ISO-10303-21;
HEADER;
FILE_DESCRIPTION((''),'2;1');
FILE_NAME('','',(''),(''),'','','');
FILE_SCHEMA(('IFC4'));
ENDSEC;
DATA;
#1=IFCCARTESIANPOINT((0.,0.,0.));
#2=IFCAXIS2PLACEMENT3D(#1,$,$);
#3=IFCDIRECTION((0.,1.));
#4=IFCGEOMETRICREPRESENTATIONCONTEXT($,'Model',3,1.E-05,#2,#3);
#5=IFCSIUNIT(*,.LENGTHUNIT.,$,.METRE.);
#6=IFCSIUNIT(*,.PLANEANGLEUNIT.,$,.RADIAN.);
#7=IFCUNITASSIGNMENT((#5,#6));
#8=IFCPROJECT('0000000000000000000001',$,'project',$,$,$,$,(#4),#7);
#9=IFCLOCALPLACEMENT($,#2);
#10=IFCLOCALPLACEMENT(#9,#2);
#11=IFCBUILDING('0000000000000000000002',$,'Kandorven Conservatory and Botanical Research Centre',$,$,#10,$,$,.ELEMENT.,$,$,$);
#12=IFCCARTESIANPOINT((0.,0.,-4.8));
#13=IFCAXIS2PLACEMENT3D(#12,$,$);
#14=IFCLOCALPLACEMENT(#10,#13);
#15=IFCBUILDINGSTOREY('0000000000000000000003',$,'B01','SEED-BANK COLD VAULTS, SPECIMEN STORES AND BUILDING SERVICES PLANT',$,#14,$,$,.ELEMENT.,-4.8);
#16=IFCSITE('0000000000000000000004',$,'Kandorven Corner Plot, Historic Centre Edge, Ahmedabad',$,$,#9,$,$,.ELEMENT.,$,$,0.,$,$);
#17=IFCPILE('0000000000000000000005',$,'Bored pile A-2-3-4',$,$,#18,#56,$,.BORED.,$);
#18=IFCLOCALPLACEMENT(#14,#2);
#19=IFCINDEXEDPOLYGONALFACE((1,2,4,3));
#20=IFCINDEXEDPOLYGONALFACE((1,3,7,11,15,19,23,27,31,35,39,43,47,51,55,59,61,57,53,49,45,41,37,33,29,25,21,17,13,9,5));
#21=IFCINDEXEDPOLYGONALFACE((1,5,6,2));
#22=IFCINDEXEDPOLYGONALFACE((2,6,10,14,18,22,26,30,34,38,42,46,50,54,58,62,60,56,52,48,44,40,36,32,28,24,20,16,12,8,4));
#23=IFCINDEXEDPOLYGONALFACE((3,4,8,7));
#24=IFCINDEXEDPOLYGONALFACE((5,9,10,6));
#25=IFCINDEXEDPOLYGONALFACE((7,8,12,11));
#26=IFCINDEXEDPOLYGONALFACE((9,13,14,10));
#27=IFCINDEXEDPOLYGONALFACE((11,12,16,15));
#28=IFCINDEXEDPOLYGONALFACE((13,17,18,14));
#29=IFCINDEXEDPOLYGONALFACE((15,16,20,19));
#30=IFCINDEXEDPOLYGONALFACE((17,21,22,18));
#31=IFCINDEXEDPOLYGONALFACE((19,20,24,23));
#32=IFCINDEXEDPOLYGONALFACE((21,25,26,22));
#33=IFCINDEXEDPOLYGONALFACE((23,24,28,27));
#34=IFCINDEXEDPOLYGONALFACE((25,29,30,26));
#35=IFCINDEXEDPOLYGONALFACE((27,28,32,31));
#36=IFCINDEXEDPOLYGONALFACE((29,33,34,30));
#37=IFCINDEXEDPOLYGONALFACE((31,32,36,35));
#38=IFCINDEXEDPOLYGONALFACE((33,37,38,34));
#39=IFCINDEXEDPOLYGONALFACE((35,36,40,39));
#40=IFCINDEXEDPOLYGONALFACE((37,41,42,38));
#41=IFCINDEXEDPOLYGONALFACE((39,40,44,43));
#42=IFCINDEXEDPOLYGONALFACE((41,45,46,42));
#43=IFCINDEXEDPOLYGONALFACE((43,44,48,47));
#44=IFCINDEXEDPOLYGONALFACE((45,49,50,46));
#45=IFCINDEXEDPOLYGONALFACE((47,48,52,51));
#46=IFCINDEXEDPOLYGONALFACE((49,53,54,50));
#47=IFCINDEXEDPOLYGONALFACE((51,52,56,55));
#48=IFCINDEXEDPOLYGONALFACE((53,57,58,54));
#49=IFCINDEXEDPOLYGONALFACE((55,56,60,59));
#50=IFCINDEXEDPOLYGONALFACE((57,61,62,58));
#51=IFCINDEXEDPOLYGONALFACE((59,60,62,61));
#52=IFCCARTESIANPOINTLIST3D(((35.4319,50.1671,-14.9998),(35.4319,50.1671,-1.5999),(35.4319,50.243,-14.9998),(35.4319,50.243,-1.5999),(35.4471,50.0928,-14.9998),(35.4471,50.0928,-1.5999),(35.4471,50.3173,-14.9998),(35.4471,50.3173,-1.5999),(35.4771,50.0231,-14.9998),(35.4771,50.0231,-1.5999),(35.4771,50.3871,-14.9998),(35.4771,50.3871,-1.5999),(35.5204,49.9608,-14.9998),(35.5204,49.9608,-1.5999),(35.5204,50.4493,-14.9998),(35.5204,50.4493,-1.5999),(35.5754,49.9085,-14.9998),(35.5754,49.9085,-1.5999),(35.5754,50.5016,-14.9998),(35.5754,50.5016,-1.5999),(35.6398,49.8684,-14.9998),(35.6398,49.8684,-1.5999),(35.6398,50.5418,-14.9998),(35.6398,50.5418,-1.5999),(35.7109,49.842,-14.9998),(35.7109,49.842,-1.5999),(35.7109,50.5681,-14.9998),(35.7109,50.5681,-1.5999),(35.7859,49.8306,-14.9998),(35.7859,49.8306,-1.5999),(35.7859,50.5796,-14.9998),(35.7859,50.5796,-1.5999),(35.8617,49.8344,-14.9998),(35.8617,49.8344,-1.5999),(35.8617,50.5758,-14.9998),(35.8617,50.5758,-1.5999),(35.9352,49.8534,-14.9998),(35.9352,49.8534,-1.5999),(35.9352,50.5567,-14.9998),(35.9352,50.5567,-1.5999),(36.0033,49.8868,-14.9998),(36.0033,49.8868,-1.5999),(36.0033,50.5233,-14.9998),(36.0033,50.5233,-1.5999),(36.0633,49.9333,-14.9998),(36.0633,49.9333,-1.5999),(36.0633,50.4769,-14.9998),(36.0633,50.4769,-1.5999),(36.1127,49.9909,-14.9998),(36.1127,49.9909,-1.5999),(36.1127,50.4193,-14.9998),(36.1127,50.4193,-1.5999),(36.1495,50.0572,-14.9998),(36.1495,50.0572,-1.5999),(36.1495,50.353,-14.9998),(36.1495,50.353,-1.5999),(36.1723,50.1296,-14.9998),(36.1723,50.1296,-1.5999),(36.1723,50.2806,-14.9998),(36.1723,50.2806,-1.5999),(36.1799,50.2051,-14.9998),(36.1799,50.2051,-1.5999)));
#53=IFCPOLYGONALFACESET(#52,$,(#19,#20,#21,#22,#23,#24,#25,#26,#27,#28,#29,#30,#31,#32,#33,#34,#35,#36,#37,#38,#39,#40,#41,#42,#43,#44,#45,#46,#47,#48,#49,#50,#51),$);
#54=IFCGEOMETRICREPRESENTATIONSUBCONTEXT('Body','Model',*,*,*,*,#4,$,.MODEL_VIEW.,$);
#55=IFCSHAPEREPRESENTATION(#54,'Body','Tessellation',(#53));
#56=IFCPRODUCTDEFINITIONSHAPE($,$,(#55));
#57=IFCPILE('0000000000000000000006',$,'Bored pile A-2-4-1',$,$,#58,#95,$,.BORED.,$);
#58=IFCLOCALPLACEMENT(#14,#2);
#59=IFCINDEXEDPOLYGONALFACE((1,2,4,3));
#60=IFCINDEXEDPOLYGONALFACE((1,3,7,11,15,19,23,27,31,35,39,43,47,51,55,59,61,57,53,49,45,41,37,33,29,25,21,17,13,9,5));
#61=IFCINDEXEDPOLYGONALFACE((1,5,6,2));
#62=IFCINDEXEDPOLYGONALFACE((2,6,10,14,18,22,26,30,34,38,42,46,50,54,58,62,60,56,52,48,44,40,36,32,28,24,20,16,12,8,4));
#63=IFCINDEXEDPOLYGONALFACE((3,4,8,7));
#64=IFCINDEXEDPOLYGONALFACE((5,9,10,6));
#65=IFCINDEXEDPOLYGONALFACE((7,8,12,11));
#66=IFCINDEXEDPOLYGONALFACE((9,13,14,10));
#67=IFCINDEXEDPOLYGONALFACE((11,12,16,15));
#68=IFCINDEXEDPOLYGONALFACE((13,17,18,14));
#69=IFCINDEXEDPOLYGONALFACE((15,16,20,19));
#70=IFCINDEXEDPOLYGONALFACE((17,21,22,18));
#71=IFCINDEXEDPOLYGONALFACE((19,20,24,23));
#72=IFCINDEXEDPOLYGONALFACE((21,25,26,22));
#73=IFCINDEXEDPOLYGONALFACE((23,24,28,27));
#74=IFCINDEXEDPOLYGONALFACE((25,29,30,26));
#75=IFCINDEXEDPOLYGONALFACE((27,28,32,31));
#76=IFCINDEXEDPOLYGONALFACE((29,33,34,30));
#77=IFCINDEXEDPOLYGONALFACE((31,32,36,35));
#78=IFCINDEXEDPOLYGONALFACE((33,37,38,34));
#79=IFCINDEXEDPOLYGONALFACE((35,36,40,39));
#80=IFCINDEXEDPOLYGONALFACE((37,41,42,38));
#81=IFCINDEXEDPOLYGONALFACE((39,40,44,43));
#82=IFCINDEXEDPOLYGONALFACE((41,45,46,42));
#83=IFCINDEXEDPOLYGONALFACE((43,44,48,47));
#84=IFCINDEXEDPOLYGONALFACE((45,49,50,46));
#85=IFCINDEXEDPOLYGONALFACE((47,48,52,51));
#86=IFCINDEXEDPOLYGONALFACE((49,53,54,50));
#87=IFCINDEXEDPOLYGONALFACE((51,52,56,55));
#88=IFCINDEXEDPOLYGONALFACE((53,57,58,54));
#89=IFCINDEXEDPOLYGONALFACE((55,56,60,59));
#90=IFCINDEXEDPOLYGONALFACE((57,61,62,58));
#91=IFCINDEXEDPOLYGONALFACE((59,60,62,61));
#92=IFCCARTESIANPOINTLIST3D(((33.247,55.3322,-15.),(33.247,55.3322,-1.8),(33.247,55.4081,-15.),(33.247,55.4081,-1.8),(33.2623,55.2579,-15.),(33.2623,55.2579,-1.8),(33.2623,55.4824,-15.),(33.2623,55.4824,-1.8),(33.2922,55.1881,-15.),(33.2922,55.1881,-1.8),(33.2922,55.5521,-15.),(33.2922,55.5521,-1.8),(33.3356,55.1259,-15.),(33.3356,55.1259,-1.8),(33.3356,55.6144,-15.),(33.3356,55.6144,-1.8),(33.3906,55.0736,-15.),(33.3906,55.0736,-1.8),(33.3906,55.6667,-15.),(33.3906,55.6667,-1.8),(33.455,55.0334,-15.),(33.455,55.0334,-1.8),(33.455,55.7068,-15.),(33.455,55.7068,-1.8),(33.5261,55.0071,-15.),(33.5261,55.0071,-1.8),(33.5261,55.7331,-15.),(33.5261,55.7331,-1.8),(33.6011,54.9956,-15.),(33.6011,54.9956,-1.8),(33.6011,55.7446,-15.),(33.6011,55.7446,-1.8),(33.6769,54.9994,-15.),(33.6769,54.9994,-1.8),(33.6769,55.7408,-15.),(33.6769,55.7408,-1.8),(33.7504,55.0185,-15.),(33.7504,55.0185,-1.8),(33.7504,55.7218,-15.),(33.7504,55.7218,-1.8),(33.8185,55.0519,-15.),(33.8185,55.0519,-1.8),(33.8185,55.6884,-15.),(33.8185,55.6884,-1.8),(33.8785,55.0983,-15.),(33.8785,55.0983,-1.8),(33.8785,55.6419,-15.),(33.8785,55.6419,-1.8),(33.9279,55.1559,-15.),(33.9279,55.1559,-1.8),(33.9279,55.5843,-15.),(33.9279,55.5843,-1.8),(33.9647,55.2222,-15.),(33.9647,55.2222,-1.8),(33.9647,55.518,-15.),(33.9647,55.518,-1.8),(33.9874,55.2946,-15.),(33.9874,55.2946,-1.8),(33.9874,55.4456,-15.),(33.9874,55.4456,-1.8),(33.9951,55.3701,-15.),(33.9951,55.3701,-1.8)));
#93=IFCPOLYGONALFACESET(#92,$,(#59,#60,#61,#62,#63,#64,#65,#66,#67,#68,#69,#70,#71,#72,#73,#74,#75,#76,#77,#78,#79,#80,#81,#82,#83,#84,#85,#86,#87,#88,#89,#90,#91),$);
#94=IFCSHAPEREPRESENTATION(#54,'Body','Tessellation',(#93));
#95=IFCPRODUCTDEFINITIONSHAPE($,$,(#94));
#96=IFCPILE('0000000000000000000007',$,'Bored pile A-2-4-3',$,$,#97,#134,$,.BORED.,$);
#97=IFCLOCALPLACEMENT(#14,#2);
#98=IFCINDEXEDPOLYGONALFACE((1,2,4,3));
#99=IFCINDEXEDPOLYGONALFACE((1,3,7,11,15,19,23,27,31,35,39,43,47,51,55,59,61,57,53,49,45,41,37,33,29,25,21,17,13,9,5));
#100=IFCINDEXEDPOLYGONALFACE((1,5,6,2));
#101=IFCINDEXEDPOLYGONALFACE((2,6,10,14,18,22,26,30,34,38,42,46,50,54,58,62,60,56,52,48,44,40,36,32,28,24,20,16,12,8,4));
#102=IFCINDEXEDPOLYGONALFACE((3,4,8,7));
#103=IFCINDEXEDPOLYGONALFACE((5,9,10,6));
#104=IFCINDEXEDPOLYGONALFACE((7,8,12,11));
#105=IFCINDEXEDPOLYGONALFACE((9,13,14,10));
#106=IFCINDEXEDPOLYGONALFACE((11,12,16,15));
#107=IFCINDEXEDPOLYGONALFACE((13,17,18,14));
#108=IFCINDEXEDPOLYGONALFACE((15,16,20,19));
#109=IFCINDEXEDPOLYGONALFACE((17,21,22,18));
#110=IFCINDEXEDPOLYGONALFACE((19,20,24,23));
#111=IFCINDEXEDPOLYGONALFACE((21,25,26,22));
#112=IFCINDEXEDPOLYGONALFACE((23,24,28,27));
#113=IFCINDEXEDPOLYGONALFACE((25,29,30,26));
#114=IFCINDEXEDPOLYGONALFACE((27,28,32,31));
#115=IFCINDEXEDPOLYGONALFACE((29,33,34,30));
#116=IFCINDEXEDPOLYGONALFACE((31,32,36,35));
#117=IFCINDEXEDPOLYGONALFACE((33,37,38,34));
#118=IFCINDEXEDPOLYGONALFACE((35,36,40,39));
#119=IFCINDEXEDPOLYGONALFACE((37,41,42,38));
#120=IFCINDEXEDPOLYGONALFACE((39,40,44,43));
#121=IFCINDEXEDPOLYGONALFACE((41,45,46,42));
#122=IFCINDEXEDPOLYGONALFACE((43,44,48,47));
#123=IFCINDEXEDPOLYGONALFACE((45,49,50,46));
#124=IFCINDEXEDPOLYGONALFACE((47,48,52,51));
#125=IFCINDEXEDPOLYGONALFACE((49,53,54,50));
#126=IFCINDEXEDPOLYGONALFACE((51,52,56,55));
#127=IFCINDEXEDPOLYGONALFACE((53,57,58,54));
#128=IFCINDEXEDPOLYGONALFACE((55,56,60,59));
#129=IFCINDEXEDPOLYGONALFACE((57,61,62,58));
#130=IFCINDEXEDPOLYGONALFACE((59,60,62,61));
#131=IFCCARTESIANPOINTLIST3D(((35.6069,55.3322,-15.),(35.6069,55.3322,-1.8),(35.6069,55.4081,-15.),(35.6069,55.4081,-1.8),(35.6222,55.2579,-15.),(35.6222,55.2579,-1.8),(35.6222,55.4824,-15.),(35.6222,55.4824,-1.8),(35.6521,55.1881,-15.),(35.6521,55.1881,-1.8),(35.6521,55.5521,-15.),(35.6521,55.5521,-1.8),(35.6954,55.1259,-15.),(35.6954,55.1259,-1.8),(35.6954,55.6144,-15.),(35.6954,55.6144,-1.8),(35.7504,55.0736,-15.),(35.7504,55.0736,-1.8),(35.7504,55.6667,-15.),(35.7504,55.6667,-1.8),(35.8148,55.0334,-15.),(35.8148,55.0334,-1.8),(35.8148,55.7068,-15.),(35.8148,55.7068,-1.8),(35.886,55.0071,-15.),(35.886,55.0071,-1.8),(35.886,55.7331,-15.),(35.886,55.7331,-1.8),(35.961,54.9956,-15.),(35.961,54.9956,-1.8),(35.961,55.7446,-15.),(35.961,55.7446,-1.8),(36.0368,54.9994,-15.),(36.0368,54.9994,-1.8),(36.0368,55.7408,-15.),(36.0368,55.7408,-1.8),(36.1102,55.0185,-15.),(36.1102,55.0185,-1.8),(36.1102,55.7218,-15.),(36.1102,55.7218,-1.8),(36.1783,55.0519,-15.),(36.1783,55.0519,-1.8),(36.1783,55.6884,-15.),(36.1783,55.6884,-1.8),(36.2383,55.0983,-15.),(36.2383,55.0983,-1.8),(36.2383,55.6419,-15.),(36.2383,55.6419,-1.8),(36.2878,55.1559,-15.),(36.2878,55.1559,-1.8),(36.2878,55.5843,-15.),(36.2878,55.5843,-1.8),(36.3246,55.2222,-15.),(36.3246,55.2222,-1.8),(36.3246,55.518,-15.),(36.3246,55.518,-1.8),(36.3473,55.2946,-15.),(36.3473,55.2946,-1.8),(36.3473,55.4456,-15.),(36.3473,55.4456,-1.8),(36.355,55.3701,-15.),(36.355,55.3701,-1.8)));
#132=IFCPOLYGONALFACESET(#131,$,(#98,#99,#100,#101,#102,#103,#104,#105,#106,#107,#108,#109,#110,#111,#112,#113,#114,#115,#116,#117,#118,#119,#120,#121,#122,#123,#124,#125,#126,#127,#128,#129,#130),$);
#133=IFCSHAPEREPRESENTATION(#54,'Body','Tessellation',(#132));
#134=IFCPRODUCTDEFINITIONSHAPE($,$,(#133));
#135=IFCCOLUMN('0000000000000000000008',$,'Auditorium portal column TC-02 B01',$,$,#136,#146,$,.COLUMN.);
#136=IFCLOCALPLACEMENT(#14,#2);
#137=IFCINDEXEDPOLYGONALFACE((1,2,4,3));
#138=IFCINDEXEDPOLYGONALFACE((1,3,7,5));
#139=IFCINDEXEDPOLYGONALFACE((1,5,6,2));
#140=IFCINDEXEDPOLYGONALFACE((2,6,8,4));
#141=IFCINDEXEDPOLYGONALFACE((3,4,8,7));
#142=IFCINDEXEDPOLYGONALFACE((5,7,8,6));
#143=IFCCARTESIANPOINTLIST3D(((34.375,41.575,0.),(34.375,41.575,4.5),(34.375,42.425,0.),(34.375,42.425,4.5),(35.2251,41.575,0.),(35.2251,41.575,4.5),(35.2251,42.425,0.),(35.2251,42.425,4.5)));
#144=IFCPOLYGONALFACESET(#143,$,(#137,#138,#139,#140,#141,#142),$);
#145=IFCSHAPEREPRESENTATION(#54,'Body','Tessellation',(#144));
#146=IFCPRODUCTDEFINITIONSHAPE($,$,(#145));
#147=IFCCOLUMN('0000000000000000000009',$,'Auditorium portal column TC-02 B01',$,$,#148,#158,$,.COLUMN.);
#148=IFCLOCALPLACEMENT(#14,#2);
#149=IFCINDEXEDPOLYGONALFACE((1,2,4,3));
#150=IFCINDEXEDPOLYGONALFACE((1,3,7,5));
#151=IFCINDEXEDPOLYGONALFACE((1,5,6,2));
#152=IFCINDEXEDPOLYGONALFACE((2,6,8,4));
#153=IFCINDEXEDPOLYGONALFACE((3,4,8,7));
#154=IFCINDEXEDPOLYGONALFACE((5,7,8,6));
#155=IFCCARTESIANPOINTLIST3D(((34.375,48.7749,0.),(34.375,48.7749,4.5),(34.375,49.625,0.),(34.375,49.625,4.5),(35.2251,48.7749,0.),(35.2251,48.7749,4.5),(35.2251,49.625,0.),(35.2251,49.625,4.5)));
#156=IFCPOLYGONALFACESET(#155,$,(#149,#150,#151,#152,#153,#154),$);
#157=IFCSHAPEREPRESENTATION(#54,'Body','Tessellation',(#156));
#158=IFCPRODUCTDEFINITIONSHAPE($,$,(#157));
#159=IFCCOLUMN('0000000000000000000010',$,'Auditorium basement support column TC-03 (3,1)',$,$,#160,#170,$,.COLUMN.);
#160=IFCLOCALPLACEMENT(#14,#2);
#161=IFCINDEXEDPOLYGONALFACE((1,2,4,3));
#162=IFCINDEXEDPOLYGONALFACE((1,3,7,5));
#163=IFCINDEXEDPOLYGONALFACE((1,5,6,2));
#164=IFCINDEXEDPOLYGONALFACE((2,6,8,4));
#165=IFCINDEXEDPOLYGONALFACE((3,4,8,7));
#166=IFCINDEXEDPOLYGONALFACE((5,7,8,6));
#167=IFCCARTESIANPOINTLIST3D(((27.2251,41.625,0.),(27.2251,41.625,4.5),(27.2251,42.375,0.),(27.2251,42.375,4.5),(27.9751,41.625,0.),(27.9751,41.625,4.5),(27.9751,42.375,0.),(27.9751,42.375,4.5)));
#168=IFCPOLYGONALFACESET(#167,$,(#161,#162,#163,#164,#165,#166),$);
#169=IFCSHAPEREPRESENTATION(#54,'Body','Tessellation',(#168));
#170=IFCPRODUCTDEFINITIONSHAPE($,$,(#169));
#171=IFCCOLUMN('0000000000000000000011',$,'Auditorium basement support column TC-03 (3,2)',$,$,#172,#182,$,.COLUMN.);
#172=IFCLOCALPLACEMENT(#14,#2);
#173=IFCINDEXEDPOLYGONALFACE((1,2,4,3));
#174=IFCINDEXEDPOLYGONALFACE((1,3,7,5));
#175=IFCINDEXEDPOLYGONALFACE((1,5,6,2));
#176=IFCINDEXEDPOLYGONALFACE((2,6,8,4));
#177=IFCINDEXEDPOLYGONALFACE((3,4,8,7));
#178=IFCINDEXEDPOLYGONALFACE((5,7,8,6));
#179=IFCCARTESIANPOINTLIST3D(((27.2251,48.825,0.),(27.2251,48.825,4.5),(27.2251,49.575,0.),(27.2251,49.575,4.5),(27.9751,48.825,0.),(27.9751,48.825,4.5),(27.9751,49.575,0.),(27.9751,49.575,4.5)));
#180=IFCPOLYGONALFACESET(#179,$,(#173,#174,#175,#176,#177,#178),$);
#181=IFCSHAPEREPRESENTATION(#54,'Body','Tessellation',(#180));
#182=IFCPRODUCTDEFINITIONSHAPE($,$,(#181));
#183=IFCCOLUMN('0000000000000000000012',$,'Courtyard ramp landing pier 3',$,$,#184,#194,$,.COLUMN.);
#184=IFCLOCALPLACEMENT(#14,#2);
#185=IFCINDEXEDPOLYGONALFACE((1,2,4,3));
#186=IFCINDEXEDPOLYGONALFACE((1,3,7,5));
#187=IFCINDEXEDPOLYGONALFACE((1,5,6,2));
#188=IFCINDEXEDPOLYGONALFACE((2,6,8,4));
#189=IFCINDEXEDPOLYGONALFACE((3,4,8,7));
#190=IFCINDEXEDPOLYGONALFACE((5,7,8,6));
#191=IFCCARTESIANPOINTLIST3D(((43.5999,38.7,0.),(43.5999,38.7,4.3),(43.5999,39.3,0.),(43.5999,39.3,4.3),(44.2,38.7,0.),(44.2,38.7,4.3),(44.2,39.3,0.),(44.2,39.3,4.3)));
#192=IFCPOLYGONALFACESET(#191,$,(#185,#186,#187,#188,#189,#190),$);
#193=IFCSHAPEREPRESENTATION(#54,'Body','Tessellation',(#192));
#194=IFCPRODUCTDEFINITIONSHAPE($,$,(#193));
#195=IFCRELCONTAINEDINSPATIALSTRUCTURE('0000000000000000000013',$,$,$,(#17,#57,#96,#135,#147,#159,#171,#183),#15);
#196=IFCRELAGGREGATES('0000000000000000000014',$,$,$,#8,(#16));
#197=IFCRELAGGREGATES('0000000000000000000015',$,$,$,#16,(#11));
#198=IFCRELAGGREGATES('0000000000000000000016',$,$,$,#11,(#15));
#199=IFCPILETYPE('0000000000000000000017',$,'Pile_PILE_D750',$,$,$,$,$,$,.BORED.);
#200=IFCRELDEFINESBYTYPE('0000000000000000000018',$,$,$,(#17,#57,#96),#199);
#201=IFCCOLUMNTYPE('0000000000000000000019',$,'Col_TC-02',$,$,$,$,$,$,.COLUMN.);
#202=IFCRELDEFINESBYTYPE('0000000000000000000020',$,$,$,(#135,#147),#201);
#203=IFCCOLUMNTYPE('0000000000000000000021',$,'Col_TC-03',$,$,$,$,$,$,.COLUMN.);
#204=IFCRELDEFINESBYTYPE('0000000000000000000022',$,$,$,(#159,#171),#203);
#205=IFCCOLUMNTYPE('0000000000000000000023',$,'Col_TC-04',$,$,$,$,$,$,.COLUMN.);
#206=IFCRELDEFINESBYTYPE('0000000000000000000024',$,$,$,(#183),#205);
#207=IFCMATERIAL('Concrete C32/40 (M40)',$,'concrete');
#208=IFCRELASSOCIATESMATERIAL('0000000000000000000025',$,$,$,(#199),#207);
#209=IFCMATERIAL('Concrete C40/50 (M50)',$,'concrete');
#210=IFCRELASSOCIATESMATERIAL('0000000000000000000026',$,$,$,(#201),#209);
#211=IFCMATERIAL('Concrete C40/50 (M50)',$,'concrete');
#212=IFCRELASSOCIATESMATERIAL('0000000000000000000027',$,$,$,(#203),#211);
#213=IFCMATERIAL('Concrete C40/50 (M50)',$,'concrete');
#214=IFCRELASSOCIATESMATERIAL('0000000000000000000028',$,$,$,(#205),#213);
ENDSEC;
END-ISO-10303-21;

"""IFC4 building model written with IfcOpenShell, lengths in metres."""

from ifc_helpers import new_model, si_unit, direction, frame, origin, origin_2d, place, context, subcontext, project, spatial, rectangle, circle, extrude, material, material_profile, profile_set, type_object, element, save


model = new_model("IFC4")

# Units and contexts
model_context = context("Model", 3, precision=1e-05, world=origin(), true_north=direction((0.0, 1.0)))
body_context = subcontext(model_context, "Body", "Model", "MODEL_VIEW")
ifc_project = project(units=[si_unit("LENGTHUNIT", "METRE"), si_unit("PLANEANGLEUNIT", "RADIAN")], contexts=[model_context])

# Site, building, storey
site_placement = place(None, origin())
site = spatial("IfcSite", under=ifc_project, at=site_placement, Name="Kandorven Corner Plot, Historic Centre Edge, Ahmedabad", CompositionType="ELEMENT", RefElevation=0.0)
building_placement = place(site_placement, origin())
building = spatial("IfcBuilding", under=site, at=building_placement, Name="Kandorven Conservatory and Botanical Research Centre", CompositionType="ELEMENT")
storey_placement = place(building_placement, frame((0.0, 0.0, -4.8)))
storey = spatial("IfcBuildingStorey", under=building, at=storey_placement, Name="B01", Description="SEED-BANK COLD VAULTS, SPECIMEN STORES AND BUILDING SERVICES PLANT", CompositionType="ELEMENT", Elevation=-4.8)

# Piles
ifc_material_1 = material(Name="Concrete C32/40 (M40)", Category="concrete")
ifc_material_profile_1 = material_profile(ifc_material_1, circle(Radius=0.375, at=origin_2d()))
ifc_profile_set_1 = profile_set([ifc_material_profile_1], Name="Concrete C32/40 (M40)")
pile_type = type_object("IfcPileType", Name="Pile_PILE_D750", PredefinedType="BORED", material=ifc_profile_set_1)
for number, where, z_axis, x_axis, name in (
    (1, (35.8049, 50.2051, -1.5999), (0.0, 0.0, -1.0), (1.0, 0.0, 0.0), "Bored pile A-2-3-4"),
):
    element("IfcPile", number, at=place(storey_placement, frame(where, z_axis=z_axis, x_axis=x_axis)), inside=storey, type_object=pile_type, Name=name, PredefinedType="BORED", context=body_context, shape_type="SweptSolid", body=[
        extrude(circle(Radius=0.375, at=origin_2d()), origin(), (0.0, 0.0, 1.0), 13.3999),
    ])
for number, where, z_axis, x_axis, name in (
    (2, (33.6201, 55.3701, -1.8), (0.0, 0.0, -1.0), (1.0, 0.0, 0.0), "Bored pile A-2-4-1"),
    (3, (35.98, 55.3701, -1.8), (0.0, 0.0, -1.0), (1.0, 0.0, 0.0), "Bored pile A-2-4-3"),
):
    element("IfcPile", number, at=place(storey_placement, frame(where, z_axis=z_axis, x_axis=x_axis)), inside=storey, type_object=pile_type, Name=name, PredefinedType="BORED", context=body_context, shape_type="SweptSolid", body=[
        extrude(circle(Radius=0.375, at=origin_2d()), origin(), (0.0, 0.0, 1.0), 13.2),
    ])

# Columns
ifc_material_2 = material(Name="Concrete C40/50 (M50)", Category="concrete")
ifc_material_profile_2 = material_profile(ifc_material_2, rectangle(XDim=0.8501, YDim=0.8501, at=origin_2d()))
ifc_profile_set_2 = profile_set([ifc_material_profile_2], Name="Concrete C40/50 (M50)")
column_type_1 = type_object("IfcColumnType", Name="Col_TC-02", PredefinedType="COLUMN", material=ifc_profile_set_2)
for number, where, z_axis, x_axis, name in (
    (4, (34.8, 42.0, 0.0), (0.0, 0.0, 1.0), (1.0, 0.0, 0.0), "Auditorium portal column TC-02 B01"),
    (5, (34.8, 49.2, 0.0), (0.0, 0.0, 1.0), (1.0, 0.0, 0.0), "Auditorium portal column TC-02 B01"),
):
    element("IfcColumn", number, at=place(storey_placement, frame(where, z_axis=z_axis, x_axis=x_axis)), inside=storey, type_object=column_type_1, Name=name, PredefinedType="COLUMN", context=body_context, shape_type="SweptSolid", body=[
        extrude(rectangle(XDim=0.8501, YDim=0.8501, at=origin_2d()), origin(), (0.0, 0.0, 1.0), 4.5),
    ])
ifc_material_3 = material(Name="Concrete C40/50 (M50)", Category="concrete")
ifc_material_profile_3 = material_profile(ifc_material_3, rectangle(XDim=0.75, YDim=0.75, at=origin_2d()))
ifc_profile_set_3 = profile_set([ifc_material_profile_3], Name="Concrete C40/50 (M50)")
column_type_2 = type_object("IfcColumnType", Name="Col_TC-03", PredefinedType="COLUMN", material=ifc_profile_set_3)
for number, where, z_axis, x_axis, name in (
    (6, (27.6001, 42.0, 0.0), (0.0, 0.0, 1.0), (1.0, 0.0, 0.0), "Auditorium basement support column TC-03 (3,1)"),
    (7, (27.6001, 49.2, 0.0), (0.0, 0.0, 1.0), (1.0, 0.0, 0.0), "Auditorium basement support column TC-03 (3,2)"),
):
    element("IfcColumn", number, at=place(storey_placement, frame(where, z_axis=z_axis, x_axis=x_axis)), inside=storey, type_object=column_type_2, Name=name, PredefinedType="COLUMN", context=body_context, shape_type="SweptSolid", body=[
        extrude(rectangle(XDim=0.75, YDim=0.75, at=origin_2d()), origin(), (0.0, 0.0, 1.0), 4.5),
    ])
ifc_material_4 = material(Name="Concrete C40/50 (M50)", Category="concrete")
ifc_material_profile_4 = material_profile(ifc_material_4, rectangle(XDim=0.6001, YDim=0.6001, at=origin_2d()))
ifc_profile_set_4 = profile_set([ifc_material_profile_4], Name="Concrete C40/50 (M50)")
column_type_3 = type_object("IfcColumnType", Name="Col_TC-04", PredefinedType="COLUMN", material=ifc_profile_set_4)
column_1_placement = place(storey_placement, frame((43.8999, 39.0, 0.0), z_axis=(0.0, 0.0, 1.0), x_axis=(1.0, 0.0, 0.0)))
element("IfcColumn", 8, at=column_1_placement, inside=storey, type_object=column_type_3, Name="Courtyard ramp landing pier 3", PredefinedType="COLUMN", context=body_context, shape_type="SweptSolid", body=[
    extrude(rectangle(XDim=0.6001, YDim=0.6001, at=origin_2d()), origin(), (0.0, 0.0, 1.0), 4.3),
])

save(model, "model.ifc")
